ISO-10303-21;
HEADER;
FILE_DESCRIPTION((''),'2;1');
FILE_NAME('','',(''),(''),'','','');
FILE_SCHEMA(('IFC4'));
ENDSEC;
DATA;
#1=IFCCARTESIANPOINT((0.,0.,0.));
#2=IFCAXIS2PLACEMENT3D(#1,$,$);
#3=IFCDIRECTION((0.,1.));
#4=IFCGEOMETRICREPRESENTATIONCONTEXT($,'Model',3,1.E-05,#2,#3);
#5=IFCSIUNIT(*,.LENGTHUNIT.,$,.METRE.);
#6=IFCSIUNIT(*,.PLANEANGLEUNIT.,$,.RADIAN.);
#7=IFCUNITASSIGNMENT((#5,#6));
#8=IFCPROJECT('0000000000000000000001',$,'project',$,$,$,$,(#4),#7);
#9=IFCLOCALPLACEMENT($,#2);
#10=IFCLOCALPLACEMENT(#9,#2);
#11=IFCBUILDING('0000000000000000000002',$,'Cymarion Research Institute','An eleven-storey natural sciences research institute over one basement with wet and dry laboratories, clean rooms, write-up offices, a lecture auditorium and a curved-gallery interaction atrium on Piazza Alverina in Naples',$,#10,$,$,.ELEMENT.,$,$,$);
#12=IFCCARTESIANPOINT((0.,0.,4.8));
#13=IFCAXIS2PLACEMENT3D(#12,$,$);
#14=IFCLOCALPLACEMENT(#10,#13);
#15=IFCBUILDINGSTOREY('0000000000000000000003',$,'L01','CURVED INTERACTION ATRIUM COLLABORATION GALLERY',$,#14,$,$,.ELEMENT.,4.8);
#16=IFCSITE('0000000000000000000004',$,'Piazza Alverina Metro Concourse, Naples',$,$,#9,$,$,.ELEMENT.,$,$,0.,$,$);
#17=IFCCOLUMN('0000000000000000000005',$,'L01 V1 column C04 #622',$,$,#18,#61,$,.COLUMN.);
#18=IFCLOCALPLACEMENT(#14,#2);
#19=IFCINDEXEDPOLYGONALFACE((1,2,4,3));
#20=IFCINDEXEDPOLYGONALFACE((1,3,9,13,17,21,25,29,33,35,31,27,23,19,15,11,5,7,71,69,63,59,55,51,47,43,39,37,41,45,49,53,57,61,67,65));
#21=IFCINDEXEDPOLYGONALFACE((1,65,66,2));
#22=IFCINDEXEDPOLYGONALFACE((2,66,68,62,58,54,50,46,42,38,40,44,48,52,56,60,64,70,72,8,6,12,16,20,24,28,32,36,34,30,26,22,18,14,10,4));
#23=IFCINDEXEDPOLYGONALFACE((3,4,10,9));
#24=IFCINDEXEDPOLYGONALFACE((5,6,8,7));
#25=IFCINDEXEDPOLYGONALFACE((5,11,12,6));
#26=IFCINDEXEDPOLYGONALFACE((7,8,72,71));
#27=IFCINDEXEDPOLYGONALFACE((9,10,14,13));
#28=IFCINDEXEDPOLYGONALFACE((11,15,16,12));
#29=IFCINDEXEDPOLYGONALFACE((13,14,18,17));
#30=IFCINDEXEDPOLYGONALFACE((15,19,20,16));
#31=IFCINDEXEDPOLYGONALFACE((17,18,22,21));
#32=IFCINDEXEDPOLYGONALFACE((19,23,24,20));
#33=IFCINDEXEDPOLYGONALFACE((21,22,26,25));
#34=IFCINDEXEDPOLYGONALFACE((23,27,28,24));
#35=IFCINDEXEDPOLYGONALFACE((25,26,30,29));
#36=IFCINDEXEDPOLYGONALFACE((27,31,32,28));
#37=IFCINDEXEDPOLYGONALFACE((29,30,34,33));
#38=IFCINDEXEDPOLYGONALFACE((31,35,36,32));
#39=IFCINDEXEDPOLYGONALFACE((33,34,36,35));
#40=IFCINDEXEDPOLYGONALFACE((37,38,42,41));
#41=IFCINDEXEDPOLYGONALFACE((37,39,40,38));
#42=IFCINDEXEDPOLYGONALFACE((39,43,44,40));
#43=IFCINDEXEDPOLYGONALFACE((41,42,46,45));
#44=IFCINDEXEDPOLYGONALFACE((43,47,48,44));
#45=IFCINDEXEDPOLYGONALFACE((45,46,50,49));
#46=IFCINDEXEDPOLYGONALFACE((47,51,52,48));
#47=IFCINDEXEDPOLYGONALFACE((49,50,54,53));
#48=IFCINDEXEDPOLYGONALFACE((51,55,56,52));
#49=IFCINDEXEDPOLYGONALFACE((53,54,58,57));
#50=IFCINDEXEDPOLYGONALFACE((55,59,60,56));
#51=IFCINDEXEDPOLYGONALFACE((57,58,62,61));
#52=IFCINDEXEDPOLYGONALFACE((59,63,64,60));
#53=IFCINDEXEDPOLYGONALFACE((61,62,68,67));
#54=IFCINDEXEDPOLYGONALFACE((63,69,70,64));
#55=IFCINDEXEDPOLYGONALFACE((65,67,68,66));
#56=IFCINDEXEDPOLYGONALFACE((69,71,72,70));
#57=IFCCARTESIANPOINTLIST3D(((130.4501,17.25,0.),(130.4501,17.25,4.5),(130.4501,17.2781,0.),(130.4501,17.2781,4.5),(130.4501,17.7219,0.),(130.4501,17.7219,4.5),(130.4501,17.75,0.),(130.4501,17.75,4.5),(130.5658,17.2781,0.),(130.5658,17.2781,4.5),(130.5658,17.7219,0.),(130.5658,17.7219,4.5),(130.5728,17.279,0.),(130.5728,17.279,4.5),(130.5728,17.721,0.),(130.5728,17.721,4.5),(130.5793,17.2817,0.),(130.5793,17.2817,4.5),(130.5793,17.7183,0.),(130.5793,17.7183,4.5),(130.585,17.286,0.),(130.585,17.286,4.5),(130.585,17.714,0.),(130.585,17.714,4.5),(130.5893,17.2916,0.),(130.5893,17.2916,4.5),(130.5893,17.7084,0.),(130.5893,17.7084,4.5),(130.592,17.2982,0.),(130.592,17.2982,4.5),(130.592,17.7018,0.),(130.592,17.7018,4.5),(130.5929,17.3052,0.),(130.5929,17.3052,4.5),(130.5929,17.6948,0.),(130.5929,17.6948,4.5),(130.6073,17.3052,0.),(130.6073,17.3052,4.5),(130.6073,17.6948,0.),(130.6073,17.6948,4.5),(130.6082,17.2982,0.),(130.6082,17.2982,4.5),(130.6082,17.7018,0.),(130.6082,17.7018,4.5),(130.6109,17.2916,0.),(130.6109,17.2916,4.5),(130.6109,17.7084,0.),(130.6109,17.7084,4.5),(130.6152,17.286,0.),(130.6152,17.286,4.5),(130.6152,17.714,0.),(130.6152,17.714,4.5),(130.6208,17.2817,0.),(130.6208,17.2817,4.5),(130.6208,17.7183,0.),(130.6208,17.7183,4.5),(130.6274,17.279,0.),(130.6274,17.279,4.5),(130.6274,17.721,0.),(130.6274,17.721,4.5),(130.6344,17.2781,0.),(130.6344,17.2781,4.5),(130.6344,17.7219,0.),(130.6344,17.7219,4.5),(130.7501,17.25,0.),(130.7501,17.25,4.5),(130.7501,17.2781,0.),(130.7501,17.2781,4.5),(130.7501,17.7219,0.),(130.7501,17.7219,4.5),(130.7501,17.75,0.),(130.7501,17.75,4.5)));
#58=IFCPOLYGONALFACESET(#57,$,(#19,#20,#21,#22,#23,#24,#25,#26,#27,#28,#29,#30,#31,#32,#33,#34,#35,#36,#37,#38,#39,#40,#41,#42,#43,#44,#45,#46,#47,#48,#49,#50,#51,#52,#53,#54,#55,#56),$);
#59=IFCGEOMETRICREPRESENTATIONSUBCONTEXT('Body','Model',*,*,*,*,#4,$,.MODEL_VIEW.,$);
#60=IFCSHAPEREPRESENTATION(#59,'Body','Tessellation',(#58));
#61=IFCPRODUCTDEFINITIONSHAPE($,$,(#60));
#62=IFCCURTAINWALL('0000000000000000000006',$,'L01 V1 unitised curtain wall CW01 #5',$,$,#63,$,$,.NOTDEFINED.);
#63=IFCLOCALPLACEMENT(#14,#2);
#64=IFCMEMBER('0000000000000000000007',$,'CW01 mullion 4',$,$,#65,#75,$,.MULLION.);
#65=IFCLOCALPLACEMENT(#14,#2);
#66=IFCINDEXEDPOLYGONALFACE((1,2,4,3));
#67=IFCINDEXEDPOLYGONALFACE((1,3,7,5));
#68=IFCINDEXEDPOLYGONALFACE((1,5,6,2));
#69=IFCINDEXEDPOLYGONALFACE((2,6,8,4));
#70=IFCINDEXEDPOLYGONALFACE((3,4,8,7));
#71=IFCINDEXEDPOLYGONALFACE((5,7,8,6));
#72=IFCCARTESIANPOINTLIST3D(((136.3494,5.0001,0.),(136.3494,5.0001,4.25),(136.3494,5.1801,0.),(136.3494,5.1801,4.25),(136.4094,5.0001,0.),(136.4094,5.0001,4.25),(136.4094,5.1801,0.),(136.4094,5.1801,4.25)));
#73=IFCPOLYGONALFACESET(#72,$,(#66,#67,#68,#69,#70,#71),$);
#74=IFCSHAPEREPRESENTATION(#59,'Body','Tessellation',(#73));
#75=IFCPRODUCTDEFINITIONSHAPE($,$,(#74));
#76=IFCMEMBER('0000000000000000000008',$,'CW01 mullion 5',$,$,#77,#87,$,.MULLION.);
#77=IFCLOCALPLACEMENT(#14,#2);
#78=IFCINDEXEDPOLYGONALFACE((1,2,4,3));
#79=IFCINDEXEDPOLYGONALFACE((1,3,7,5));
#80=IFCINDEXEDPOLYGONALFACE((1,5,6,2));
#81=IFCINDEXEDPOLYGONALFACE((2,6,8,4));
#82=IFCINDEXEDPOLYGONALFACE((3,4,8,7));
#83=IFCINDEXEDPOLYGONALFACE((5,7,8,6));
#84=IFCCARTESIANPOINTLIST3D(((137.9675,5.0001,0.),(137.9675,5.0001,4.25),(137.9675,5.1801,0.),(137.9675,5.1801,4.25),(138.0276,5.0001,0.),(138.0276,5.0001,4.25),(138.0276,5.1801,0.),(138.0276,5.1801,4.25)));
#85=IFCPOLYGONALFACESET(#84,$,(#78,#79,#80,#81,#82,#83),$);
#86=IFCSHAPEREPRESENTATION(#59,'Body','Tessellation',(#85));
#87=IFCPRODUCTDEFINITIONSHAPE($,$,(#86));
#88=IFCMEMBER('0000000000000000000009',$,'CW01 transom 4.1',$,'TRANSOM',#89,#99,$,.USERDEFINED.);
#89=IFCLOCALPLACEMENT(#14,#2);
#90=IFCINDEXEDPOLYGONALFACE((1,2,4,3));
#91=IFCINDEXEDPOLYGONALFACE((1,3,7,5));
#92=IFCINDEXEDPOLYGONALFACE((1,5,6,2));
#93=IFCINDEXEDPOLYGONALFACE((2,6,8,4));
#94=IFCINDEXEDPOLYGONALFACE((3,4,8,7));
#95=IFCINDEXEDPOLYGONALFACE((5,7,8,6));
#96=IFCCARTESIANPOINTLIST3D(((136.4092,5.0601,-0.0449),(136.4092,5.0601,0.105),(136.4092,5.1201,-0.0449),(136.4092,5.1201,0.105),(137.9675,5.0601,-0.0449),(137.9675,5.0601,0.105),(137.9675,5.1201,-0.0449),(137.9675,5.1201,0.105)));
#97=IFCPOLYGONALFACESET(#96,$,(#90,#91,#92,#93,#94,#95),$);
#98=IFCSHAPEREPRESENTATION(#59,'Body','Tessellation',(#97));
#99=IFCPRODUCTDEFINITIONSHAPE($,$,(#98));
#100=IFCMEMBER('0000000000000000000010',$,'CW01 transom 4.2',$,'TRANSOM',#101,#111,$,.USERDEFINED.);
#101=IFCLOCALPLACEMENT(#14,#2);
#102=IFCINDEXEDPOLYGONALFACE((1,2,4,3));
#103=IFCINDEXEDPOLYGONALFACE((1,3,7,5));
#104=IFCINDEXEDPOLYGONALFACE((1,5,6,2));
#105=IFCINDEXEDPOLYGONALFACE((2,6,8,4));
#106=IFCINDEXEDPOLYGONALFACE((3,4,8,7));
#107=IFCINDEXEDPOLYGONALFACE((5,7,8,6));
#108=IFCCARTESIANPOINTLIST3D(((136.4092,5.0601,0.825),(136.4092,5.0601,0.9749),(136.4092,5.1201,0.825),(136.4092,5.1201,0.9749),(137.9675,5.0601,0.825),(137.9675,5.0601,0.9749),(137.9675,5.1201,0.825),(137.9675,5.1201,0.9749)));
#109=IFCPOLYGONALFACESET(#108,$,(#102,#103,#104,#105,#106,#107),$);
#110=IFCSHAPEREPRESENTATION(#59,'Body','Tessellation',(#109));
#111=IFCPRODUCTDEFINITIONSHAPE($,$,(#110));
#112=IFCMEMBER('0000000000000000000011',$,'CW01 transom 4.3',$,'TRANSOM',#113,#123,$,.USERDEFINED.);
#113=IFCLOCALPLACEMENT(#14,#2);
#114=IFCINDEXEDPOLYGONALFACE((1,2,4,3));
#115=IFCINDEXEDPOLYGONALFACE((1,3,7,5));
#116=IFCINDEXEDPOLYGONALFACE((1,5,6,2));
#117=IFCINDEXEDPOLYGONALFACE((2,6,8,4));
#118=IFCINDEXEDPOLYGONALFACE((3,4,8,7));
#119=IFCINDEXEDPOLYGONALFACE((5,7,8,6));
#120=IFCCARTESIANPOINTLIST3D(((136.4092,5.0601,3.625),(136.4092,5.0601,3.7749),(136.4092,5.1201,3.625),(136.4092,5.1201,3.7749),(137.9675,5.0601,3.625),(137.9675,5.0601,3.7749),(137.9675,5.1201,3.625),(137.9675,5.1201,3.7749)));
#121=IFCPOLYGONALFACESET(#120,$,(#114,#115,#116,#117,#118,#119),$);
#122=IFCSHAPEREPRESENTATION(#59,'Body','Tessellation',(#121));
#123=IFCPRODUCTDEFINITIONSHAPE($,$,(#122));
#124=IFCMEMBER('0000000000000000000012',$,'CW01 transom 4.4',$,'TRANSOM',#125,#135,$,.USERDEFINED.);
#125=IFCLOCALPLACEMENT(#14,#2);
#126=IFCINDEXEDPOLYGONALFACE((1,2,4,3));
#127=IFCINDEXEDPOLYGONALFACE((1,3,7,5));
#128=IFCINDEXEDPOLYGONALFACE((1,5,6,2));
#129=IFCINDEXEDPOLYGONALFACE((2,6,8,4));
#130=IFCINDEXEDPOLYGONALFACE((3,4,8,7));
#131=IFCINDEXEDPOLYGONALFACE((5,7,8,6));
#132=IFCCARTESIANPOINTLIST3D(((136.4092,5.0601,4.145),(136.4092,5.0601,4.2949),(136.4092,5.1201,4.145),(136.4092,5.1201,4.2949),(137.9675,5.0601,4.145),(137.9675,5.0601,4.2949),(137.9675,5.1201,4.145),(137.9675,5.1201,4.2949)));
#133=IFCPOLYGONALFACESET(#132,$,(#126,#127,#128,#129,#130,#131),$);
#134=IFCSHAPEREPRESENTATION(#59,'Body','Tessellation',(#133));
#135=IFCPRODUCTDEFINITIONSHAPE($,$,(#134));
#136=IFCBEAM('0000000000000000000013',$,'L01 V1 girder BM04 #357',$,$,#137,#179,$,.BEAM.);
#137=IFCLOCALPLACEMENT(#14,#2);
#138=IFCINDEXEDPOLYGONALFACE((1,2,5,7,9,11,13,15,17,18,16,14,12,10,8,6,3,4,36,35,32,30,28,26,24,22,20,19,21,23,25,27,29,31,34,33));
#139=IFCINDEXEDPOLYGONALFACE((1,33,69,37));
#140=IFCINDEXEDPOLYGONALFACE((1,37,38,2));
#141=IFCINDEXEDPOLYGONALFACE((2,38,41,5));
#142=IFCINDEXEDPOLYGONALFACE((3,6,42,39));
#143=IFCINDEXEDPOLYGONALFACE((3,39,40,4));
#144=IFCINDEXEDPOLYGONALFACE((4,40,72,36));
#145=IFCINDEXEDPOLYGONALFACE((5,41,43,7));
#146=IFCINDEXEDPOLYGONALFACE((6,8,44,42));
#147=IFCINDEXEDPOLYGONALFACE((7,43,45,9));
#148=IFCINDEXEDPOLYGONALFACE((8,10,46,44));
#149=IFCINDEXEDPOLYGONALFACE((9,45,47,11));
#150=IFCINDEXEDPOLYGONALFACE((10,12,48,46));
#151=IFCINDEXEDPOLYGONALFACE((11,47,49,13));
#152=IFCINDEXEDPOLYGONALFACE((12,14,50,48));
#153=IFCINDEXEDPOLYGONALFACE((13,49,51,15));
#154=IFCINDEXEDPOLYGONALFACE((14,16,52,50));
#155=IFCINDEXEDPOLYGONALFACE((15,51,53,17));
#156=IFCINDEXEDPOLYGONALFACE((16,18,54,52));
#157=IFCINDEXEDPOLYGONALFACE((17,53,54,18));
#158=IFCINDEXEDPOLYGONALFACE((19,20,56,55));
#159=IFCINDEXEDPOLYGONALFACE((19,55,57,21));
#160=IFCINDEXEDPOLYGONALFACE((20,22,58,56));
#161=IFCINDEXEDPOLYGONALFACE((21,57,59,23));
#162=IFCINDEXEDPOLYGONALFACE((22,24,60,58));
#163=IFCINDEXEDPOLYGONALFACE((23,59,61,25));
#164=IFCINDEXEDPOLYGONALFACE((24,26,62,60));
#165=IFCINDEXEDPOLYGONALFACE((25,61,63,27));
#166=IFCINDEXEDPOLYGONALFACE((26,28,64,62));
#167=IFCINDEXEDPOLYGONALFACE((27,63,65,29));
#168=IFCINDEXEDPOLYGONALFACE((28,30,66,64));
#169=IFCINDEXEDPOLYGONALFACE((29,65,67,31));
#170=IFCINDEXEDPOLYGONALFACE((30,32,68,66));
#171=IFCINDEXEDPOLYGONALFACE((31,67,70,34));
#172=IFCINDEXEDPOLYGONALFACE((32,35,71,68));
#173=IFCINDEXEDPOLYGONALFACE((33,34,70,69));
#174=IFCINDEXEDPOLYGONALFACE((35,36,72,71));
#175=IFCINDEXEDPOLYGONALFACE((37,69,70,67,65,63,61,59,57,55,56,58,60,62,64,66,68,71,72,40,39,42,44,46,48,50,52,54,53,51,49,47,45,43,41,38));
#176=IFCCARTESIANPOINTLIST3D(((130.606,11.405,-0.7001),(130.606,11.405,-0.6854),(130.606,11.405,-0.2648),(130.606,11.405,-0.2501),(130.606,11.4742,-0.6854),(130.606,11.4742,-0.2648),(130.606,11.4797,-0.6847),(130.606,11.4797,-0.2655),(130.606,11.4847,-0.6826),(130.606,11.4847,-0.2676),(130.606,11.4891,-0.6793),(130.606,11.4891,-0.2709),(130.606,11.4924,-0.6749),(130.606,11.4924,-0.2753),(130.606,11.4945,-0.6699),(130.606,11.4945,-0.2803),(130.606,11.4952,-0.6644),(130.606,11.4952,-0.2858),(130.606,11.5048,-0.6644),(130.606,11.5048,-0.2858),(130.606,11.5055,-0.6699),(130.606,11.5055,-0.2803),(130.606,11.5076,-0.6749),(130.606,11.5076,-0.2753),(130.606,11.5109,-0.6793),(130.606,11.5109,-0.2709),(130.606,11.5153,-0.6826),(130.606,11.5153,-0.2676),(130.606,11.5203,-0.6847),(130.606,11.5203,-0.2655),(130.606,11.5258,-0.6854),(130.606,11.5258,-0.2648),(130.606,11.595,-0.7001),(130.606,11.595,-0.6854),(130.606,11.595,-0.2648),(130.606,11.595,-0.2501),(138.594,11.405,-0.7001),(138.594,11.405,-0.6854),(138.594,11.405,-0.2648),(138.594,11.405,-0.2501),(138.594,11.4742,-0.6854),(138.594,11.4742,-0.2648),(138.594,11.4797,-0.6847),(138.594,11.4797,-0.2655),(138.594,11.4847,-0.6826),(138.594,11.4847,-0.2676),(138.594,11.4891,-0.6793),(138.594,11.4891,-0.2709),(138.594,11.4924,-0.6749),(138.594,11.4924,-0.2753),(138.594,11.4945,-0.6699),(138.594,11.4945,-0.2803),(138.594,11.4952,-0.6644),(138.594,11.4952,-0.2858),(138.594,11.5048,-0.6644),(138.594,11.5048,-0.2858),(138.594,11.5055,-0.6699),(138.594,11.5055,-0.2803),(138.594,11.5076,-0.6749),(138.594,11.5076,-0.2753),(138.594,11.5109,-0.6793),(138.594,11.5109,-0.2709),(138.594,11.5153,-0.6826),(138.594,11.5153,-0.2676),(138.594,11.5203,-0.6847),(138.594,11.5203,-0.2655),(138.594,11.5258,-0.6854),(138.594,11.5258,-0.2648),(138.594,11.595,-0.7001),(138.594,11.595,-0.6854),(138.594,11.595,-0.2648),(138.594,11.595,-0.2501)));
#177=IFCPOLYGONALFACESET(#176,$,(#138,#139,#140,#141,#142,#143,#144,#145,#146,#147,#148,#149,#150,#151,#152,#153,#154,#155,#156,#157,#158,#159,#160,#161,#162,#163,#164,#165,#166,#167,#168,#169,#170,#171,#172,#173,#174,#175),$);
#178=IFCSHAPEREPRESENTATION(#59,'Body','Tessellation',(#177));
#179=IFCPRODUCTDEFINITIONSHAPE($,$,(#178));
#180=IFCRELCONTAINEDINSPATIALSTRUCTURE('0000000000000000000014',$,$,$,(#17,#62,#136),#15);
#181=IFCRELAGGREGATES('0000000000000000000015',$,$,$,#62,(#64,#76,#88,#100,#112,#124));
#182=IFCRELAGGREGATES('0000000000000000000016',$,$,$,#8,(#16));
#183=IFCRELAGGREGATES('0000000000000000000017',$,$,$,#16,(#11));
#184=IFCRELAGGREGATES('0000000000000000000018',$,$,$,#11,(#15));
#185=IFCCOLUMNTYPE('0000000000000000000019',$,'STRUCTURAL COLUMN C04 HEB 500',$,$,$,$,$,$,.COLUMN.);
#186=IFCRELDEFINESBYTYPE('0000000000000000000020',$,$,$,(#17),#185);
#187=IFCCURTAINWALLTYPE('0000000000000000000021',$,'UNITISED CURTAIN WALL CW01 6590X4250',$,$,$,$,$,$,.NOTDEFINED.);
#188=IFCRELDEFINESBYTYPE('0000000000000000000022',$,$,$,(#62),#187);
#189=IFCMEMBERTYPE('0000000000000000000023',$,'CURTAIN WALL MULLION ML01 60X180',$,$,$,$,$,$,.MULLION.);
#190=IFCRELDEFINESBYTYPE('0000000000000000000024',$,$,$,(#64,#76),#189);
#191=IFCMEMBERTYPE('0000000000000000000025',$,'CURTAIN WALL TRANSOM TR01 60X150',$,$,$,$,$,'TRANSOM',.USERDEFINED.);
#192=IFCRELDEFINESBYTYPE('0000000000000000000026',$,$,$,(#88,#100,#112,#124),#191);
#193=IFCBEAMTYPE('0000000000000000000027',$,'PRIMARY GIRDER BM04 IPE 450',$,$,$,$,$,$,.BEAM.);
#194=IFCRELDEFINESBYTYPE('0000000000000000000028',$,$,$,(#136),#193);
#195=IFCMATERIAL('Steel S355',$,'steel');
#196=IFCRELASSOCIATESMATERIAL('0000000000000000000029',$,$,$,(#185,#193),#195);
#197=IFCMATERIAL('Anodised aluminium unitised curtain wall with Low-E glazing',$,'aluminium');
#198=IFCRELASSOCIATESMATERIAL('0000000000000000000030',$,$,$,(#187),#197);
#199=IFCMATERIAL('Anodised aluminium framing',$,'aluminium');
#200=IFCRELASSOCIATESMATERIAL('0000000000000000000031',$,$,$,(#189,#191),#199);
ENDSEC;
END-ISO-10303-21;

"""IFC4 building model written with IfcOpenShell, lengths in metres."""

from ifc_helpers import new_model, si_unit, direction, frame, origin, origin_2d, place, context, subcontext, project, spatial, rectangle, i_section, extrude, material, material_profile, profile_set, type_object, element, aggregate, save


model = new_model("IFC4")

# Units and contexts
model_context = context("Model", 3, precision=1e-05, world=origin(), true_north=direction((0.0, 1.0)))
body_context = subcontext(model_context, "Body", "Model", "MODEL_VIEW")
ifc_project = project(units=[si_unit("LENGTHUNIT", "METRE"), si_unit("PLANEANGLEUNIT", "RADIAN")], contexts=[model_context])

# Site, building, storey
site_placement = place(None, origin())
site = spatial("IfcSite", under=ifc_project, at=site_placement, Name="Piazza Alverina Metro Concourse, Naples", CompositionType="ELEMENT", RefElevation=0.0)
building_placement = place(site_placement, origin())
building = spatial("IfcBuilding", under=site, at=building_placement, Name="Cymarion Research Institute", Description="An eleven-storey natural sciences research institute over one basement with wet and dry laboratories, clean rooms, write-up offices, a lecture auditorium and a curved-gallery interaction atrium on Piazza Alverina in Naples", CompositionType="ELEMENT")
storey_placement = place(building_placement, frame((0.0, 0.0, 4.8)))
storey = spatial("IfcBuildingStorey", under=building, at=storey_placement, Name="L01", Description="CURVED INTERACTION ATRIUM COLLABORATION GALLERY", CompositionType="ELEMENT", Elevation=4.8)

# Column
ifc_material_1 = material(Name="Steel S355", Category="steel")
ifc_material_profile_1 = material_profile(ifc_material_1, i_section(OverallWidth=0.3, OverallDepth=0.5, WebThickness=0.0144, FlangeThickness=0.0281, FilletRadius=0.0271, at=origin_2d()), Name="HEB 500")
ifc_profile_set_1 = profile_set([ifc_material_profile_1], Name="Steel S355")
column_type_1 = type_object("IfcColumnType", Name="STRUCTURAL COLUMN C04 HEB 500", PredefinedType="COLUMN", material=ifc_profile_set_1)
for number, where, z_axis, x_axis, name in (
    (1, (130.6001, 17.5, 0.0), (0.0, 0.0, 1.0), (1.0, 0.0, 0.0), "L01 V1 column C04 #622"),
):
    element("IfcColumn", number, at=place(storey_placement, frame(where, z_axis=z_axis, x_axis=x_axis)), inside=storey, type_object=column_type_1, Name=name, PredefinedType="COLUMN", context=body_context, shape_type="SweptSolid", body=[
        extrude(i_section(OverallWidth=0.3, OverallDepth=0.5, WebThickness=0.0144, FlangeThickness=0.0281, FilletRadius=0.0271, at=origin_2d()), origin(), (0.0, 0.0, 1.0), 4.5),
    ])

# Curtain wall, members
ifc_material_2 = material(Name="Anodised aluminium unitised curtain wall with Low-E glazing", Category="aluminium")
curtain_wall_type = type_object("IfcCurtainWallType", Name="UNITISED CURTAIN WALL CW01 6590X4250", PredefinedType="NOTDEFINED", material=ifc_material_2)
curtain_wall_placement = place(storey_placement, origin())
curtain_wall = element("IfcCurtainWall", 2, at=curtain_wall_placement, inside=storey, type_object=curtain_wall_type, Name="L01 V1 unitised curtain wall CW01 #5", PredefinedType="NOTDEFINED")
ifc_material_3 = material(Name="Anodised aluminium framing", Category="aluminium")
ifc_material_profile_2 = material_profile(ifc_material_3, rectangle(XDim=0.0601, YDim=0.1799, at=origin_2d()), Name="ALU MULLION 60x180")
ifc_profile_set_2 = profile_set([ifc_material_profile_2], Name="Anodised aluminium framing")
member_type_1 = type_object("IfcMemberType", Name="CURTAIN WALL MULLION ML01 60X180", PredefinedType="MULLION", material=ifc_profile_set_2)
member_1_placement = place(storey_placement, frame((136.3794, 5.0901, 0.0), z_axis=(0.0, 0.0, 1.0), x_axis=(1.0, 0.0, 0.0)))
member_1 = element("IfcMember", 3, at=member_1_placement, type_object=member_type_1, Name="CW01 mullion 4", PredefinedType="MULLION", context=body_context, shape_type="SweptSolid", body=[
    extrude(rectangle(XDim=0.0601, YDim=0.1799, at=origin_2d()), origin(), (0.0, 0.0, 1.0), 4.25),
])
member_2_placement = place(storey_placement, frame((137.9976, 5.0901, 0.0), z_axis=(0.0, 0.0, 1.0), x_axis=(1.0, 0.0, 0.0)))
member_2 = element("IfcMember", 4, at=member_2_placement, type_object=member_type_1, Name="CW01 mullion 5", PredefinedType="MULLION", context=body_context, shape_type="SweptSolid", body=[
    extrude(rectangle(XDim=0.0601, YDim=0.1799, at=origin_2d()), origin(), (0.0, 0.0, 1.0), 4.25),
])
ifc_material_profile_3 = material_profile(ifc_material_3, rectangle(XDim=0.0601, YDim=0.1499, at=origin_2d()), Name="ALU TRANSOM 60x150")
ifc_profile_set_3 = profile_set([ifc_material_profile_3], Name="Anodised aluminium framing")
member_type_2 = type_object("IfcMemberType", Name="CURTAIN WALL TRANSOM TR01 60X150", ElementType="TRANSOM", PredefinedType="USERDEFINED", material=ifc_profile_set_3)
member_3_placement = place(storey_placement, frame((136.4092, 5.0901, 0.03), z_axis=(1.0, 0.0, 0.0), x_axis=(0.0, 1.0, 0.0)))
member_3 = element("IfcMember", 5, at=member_3_placement, type_object=member_type_2, Name="CW01 transom 4.1", ObjectType="TRANSOM", PredefinedType="USERDEFINED", context=body_context, shape_type="SweptSolid", body=[
    extrude(rectangle(XDim=0.0601, YDim=0.1499, at=origin_2d()), origin(), (0.0, 0.0, 1.0), 1.5583),
])
member_4_placement = place(storey_placement, frame((136.4092, 5.0901, 0.8999), z_axis=(1.0, 0.0, 0.0), x_axis=(0.0, 1.0, 0.0)))
member_4 = element("IfcMember", 6, at=member_4_placement, type_object=member_type_2, Name="CW01 transom 4.2", ObjectType="TRANSOM", PredefinedType="USERDEFINED", context=body_context, shape_type="SweptSolid", body=[
    extrude(rectangle(XDim=0.0601, YDim=0.1499, at=origin_2d()), origin(), (0.0, 0.0, 1.0), 1.5583),
])
member_5_placement = place(storey_placement, frame((136.4092, 5.0901, 3.7), z_axis=(1.0, 0.0, 0.0), x_axis=(0.0, 1.0, 0.0)))
member_5 = element("IfcMember", 7, at=member_5_placement, type_object=member_type_2, Name="CW01 transom 4.3", ObjectType="TRANSOM", PredefinedType="USERDEFINED", context=body_context, shape_type="SweptSolid", body=[
    extrude(rectangle(XDim=0.0601, YDim=0.1499, at=origin_2d()), origin(), (0.0, 0.0, 1.0), 1.5583),
])
member_6_placement = place(storey_placement, frame((136.4092, 5.0901, 4.22), z_axis=(1.0, 0.0, 0.0), x_axis=(0.0, 1.0, 0.0)))
member_6 = element("IfcMember", 8, at=member_6_placement, type_object=member_type_2, Name="CW01 transom 4.4", ObjectType="TRANSOM", PredefinedType="USERDEFINED", context=body_context, shape_type="SweptSolid", body=[
    extrude(rectangle(XDim=0.0601, YDim=0.1499, at=origin_2d()), origin(), (0.0, 0.0, 1.0), 1.5583),
])

# Beam
ifc_material_profile_4 = material_profile(ifc_material_1, i_section(OverallWidth=0.1899, OverallDepth=0.45, WebThickness=0.0095, FlangeThickness=0.0146, FilletRadius=0.021, at=origin_2d()), Name="IPE 450")
ifc_profile_set_4 = profile_set([ifc_material_profile_4], Name="Steel S355")
beam_type_1 = type_object("IfcBeamType", Name="PRIMARY GIRDER BM04 IPE 450", PredefinedType="BEAM", material=ifc_profile_set_4)
beam_placement = place(storey_placement, frame((130.606, 11.5, -0.4751), z_axis=(1.0, 0.0, 0.0), x_axis=(0.0, 1.0, 0.0)))
element("IfcBeam", 9, at=beam_placement, inside=storey, type_object=beam_type_1, Name="L01 V1 girder BM04 #357", PredefinedType="BEAM", context=body_context, shape_type="SweptSolid", body=[
    extrude(i_section(OverallWidth=0.1899, OverallDepth=0.45, WebThickness=0.0095, FlangeThickness=0.0146, FilletRadius=0.021, at=origin_2d()), origin(), (0.0, 0.0, 1.0), 7.988),
])

aggregate(curtain_wall, [member_1, member_2, member_3, member_4, member_5, member_6])

save(model, "model.ifc")
